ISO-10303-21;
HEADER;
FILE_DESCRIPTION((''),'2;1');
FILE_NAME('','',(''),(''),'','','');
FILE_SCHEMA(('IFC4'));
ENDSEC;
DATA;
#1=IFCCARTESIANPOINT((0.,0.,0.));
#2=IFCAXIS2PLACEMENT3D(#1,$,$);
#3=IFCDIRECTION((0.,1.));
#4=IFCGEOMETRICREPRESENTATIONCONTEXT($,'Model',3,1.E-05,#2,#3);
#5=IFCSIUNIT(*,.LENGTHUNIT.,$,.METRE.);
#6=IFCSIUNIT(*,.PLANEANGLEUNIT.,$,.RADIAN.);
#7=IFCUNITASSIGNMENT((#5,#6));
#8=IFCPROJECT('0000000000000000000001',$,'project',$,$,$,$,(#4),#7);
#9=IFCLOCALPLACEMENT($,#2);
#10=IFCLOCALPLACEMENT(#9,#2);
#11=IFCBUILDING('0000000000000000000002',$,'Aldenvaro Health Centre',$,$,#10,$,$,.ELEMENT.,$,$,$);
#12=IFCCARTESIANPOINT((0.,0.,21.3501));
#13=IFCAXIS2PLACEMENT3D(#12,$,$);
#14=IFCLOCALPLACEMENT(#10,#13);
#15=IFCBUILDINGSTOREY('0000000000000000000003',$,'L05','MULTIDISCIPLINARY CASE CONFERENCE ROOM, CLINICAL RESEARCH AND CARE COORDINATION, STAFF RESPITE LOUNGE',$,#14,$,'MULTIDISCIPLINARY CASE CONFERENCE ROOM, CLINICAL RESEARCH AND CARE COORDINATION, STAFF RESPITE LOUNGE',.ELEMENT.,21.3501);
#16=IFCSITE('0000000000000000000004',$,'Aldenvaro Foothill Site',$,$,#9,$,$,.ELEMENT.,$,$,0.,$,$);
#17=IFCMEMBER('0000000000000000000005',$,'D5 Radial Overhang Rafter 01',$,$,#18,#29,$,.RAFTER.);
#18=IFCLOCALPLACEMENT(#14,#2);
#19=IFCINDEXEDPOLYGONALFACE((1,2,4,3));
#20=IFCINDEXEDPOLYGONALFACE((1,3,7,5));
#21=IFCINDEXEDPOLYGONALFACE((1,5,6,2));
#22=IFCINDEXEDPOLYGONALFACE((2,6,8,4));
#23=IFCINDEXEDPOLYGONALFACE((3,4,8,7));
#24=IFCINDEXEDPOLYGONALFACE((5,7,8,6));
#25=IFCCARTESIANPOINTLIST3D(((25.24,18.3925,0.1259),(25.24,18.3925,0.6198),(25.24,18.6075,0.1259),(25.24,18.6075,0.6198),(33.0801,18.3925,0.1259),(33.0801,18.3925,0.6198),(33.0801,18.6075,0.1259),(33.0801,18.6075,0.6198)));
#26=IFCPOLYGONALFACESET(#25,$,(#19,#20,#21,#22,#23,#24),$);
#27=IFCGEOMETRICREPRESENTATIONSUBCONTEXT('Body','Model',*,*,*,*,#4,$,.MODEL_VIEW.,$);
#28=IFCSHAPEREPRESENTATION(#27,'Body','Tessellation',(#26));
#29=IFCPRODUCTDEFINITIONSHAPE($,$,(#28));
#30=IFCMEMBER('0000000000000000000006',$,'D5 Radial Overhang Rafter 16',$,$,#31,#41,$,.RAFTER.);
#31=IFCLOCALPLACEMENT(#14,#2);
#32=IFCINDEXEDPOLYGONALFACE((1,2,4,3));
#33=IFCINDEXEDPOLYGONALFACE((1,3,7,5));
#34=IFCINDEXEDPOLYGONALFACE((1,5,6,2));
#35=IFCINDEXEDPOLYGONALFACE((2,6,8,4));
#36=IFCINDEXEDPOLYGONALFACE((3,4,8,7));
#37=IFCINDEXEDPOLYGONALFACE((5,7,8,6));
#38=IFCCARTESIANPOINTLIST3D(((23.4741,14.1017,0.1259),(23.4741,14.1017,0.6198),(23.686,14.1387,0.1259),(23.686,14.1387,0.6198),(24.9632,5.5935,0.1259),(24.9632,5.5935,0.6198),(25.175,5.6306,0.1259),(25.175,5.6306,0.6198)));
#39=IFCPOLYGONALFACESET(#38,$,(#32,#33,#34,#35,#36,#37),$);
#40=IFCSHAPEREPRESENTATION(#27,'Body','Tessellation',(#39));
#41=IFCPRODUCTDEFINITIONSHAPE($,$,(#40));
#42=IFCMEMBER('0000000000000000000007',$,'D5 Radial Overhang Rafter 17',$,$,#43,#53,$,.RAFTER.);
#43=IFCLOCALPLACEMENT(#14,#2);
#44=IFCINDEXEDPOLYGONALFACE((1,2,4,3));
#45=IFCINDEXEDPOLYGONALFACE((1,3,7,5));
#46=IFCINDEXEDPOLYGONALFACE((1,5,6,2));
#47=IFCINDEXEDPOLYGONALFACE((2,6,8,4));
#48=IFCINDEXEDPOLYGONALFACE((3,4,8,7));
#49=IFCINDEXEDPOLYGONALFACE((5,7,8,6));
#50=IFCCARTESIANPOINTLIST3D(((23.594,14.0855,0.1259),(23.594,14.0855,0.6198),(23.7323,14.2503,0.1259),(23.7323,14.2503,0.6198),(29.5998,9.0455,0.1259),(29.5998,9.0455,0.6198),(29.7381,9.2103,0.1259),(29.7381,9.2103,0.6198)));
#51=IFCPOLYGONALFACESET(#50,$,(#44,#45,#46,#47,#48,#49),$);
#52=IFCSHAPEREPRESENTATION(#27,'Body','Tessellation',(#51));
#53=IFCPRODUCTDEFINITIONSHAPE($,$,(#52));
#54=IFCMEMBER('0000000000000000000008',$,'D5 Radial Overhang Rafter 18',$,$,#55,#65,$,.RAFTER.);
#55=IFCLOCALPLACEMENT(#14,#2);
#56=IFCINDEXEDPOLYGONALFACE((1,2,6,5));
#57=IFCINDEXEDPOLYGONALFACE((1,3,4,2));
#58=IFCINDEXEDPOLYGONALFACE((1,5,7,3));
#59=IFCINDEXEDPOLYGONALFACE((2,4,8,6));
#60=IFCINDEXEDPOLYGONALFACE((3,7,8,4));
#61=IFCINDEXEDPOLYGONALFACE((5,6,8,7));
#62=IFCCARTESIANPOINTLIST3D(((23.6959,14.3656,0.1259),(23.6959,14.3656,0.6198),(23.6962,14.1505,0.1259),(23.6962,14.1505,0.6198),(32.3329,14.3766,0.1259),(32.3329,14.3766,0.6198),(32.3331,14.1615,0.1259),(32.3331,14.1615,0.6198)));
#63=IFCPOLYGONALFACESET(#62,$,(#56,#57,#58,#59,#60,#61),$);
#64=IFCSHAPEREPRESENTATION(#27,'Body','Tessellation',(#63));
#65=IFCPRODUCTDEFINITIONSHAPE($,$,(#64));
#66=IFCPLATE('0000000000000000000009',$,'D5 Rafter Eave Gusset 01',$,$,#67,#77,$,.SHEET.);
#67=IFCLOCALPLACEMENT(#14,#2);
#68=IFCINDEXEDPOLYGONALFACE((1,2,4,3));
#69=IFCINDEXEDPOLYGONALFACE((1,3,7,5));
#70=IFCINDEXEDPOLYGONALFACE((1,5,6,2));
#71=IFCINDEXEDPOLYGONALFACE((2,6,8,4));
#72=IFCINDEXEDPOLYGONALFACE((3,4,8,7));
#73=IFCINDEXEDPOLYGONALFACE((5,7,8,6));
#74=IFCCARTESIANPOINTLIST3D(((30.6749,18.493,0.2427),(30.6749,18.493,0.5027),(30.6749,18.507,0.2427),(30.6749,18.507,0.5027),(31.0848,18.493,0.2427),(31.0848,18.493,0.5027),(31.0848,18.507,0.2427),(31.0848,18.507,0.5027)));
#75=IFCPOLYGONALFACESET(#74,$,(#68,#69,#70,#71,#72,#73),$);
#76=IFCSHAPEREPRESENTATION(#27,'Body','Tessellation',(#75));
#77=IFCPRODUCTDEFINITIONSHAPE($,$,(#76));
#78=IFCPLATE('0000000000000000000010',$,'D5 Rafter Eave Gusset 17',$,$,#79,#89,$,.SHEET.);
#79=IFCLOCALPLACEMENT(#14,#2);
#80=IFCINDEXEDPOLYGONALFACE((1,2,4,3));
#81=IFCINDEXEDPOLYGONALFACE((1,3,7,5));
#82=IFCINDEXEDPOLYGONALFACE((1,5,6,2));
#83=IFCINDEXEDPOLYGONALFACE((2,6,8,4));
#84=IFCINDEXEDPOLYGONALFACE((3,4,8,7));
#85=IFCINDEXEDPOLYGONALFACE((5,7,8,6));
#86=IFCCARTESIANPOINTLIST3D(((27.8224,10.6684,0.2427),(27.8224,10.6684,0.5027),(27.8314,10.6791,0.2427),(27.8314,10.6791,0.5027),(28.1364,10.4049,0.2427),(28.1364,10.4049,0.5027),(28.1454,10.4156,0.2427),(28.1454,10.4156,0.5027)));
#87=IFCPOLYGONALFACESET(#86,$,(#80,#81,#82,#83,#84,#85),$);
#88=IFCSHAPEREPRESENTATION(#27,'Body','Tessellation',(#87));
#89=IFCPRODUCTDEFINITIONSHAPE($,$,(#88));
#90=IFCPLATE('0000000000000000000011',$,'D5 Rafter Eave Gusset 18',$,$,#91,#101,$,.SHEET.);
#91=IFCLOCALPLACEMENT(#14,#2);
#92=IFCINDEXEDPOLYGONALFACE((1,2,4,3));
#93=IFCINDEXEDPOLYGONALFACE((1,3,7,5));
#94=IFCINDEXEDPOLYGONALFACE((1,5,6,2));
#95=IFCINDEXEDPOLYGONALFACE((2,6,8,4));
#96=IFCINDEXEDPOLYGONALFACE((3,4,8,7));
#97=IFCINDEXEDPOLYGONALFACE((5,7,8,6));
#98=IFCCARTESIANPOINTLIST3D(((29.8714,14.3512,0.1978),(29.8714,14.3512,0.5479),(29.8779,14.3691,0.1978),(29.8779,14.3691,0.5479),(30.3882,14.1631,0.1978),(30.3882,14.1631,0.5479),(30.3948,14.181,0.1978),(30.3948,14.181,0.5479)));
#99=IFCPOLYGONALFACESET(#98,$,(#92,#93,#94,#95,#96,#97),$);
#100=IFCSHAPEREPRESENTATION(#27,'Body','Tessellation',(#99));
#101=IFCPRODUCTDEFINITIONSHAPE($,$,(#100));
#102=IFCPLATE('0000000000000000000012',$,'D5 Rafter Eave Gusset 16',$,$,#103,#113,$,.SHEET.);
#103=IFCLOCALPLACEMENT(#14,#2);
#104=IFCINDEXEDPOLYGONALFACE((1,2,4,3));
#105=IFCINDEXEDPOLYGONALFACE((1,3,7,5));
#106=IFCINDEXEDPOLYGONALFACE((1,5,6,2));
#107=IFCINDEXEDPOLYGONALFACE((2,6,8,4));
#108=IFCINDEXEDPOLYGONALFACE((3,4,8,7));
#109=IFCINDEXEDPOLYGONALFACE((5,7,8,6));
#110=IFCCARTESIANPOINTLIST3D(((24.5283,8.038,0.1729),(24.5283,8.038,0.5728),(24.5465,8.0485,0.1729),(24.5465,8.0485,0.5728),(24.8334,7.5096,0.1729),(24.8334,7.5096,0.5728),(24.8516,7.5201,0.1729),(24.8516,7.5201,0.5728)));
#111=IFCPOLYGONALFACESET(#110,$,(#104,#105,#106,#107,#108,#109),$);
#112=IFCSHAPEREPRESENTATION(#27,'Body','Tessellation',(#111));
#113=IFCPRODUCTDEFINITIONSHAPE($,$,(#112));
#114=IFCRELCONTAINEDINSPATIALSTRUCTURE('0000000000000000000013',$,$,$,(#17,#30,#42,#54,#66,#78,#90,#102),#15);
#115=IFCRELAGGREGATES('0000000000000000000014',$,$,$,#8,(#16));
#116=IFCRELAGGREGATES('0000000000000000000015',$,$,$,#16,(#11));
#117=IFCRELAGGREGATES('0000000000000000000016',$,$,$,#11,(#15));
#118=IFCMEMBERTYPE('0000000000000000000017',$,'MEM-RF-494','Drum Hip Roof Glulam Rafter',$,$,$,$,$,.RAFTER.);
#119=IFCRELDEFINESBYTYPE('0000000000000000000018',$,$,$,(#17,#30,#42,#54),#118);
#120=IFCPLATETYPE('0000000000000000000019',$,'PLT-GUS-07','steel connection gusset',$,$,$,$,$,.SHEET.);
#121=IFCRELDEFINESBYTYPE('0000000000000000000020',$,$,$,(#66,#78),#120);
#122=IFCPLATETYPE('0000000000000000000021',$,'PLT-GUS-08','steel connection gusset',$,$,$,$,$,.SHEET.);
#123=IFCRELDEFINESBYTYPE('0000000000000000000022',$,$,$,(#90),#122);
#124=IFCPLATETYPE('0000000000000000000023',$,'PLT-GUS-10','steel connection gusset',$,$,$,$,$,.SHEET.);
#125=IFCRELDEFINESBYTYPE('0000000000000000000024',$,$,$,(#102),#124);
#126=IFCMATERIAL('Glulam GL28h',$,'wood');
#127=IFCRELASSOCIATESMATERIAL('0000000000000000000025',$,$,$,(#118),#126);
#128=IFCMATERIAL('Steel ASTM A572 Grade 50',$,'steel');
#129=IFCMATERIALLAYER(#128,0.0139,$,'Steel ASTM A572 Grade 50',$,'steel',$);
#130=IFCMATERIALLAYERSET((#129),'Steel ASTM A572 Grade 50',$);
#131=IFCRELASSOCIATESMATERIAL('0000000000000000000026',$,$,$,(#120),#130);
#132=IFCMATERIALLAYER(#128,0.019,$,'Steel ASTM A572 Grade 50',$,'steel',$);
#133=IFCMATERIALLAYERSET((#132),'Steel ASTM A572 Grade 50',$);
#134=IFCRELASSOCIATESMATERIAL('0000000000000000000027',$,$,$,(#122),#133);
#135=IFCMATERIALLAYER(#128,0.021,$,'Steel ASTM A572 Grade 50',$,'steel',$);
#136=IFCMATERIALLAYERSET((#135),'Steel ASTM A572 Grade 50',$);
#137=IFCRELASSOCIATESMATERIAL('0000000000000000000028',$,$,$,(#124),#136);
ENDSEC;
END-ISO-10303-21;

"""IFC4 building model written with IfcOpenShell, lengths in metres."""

from ifc_helpers import new_model, si_unit, direction, frame, origin, origin_2d, place, context, subcontext, project, spatial, rectangle, extrude, material, layer, layer_set, material_profile, profile_set, type_object, element, save


model = new_model("IFC4")

# Units and contexts
model_context = context("Model", 3, precision=1e-05, world=origin(), true_north=direction((0.0, 1.0)))
body_context = subcontext(model_context, "Body", "Model", "MODEL_VIEW")
ifc_project = project(units=[si_unit("LENGTHUNIT", "METRE"), si_unit("PLANEANGLEUNIT", "RADIAN")], contexts=[model_context])

# Site, building, storey
site_placement = place(None, origin())
site = spatial("IfcSite", under=ifc_project, at=site_placement, Name="Aldenvaro Foothill Site", CompositionType="ELEMENT", RefElevation=0.0)
building_placement = place(site_placement, origin())
building = spatial("IfcBuilding", under=site, at=building_placement, Name="Aldenvaro Health Centre", CompositionType="ELEMENT")
storey_placement = place(building_placement, frame((0.0, 0.0, 21.3501)))
storey = spatial("IfcBuildingStorey", under=building, at=storey_placement, Name="L05", Description="MULTIDISCIPLINARY CASE CONFERENCE ROOM, CLINICAL RESEARCH AND CARE COORDINATION, STAFF RESPITE LOUNGE", LongName="MULTIDISCIPLINARY CASE CONFERENCE ROOM, CLINICAL RESEARCH AND CARE COORDINATION, STAFF RESPITE LOUNGE", CompositionType="ELEMENT", Elevation=21.3501)

# Shared definitions
ifc_material_1 = material(Name="Glulam GL28h", Category="wood")

# Members
ifc_material_profile_1 = material_profile(ifc_material_1, rectangle(XDim=0.2151, YDim=0.4939, at=origin_2d()), Name="GL 215x494", Category="wood")
ifc_profile_set_1 = profile_set([ifc_material_profile_1], Name="Glulam GL28h")
member_type_1 = type_object("IfcMemberType", Name="MEM-RF-494", Description="Drum Hip Roof Glulam Rafter", PredefinedType="RAFTER", material=ifc_profile_set_1)
member_1_placement = place(storey_placement, frame((33.0801, 18.5, 0.3728), z_axis=(-1.0, 0.0, 0.0), x_axis=(0.0, -1.0, 0.0)))
element("IfcMember", 1, at=member_1_placement, inside=storey, type_object=member_type_1, Name="D5 Radial Overhang Rafter 01", PredefinedType="RAFTER", context=body_context, shape_type="SweptSolid", body=[
    extrude(rectangle(XDim=0.2151, YDim=0.4939, at=origin_2d()), origin(), (0.0, 0.0, 1.0), 7.8401),
])
member_2_placement = place(storey_placement, frame((25.0691, 5.6121, 0.3728), z_axis=(-0.172392, 0.985028, 0.0), x_axis=(-0.985028, -0.172392, 0.0)))
element("IfcMember", 2, at=member_2_placement, inside=storey, type_object=member_type_1, Name="D5 Radial Overhang Rafter 16", PredefinedType="RAFTER", context=body_context, shape_type="SweptSolid", body=[
    extrude(rectangle(XDim=0.2151, YDim=0.4939, at=origin_2d()), origin(), (0.0, 0.0, 1.0), 8.6375),
])
member_3_placement = place(storey_placement, frame((29.6689, 9.1279, 0.3728), z_axis=(-0.766011, 0.642827, 0.0), x_axis=(-0.642827, -0.766011, 0.0)))
element("IfcMember", 3, at=member_3_placement, inside=storey, type_object=member_type_1, Name="D5 Radial Overhang Rafter 17", PredefinedType="RAFTER", context=body_context, shape_type="SweptSolid", body=[
    extrude(rectangle(XDim=0.2151, YDim=0.4939, at=origin_2d()), origin(), (0.0, 0.0, 1.0), 7.8403),
])
member_4_placement = place(storey_placement, frame((32.333, 14.269, 0.3728), z_axis=(-0.999999, -0.001272, 0.0), x_axis=(0.001272, -0.999999, 0.0)))
element("IfcMember", 4, at=member_4_placement, inside=storey, type_object=member_type_1, Name="D5 Radial Overhang Rafter 18", PredefinedType="RAFTER", context=body_context, shape_type="SweptSolid", body=[
    extrude(rectangle(XDim=0.2151, YDim=0.4939, at=origin_2d()), origin(), (0.0, 0.0, 1.0), 8.637),
])

# Plates
ifc_material_2 = material(Name="Steel ASTM A572 Grade 50", Category="steel")
ifc_layer_1 = layer(ifc_material_2, 0.0139, Name="Steel ASTM A572 Grade 50", Category="steel")
ifc_layer_set_1 = layer_set([ifc_layer_1], Name="Steel ASTM A572 Grade 50")
plate_type_1 = type_object("IfcPlateType", Name="PLT-GUS-07", Description="steel connection gusset", PredefinedType="SHEET", material=ifc_layer_set_1)
for number, where, z_axis, x_axis, name in (
    (5, (30.8799, 18.5, 0.2427), (0.0, 0.0, 1.0), (1.0, 0.0, 0.0), "D5 Rafter Eave Gusset 01"),
    (6, (27.9839, 10.542, 0.2427), (0.0, 0.0, 1.0), (0.766045, -0.642787, 0.0), "D5 Rafter Eave Gusset 17"),
):
    element("IfcPlate", number, at=place(storey_placement, frame(where, z_axis=z_axis, x_axis=x_axis)), inside=storey, type_object=plate_type_1, Name=name, PredefinedType="SHEET", context=body_context, shape_type="SweptSolid", body=[
        extrude(rectangle(XDim=0.4099, YDim=0.0139, at=origin_2d()), origin(), (0.0, 0.0, 1.0), 0.26),
    ])
ifc_layer_2 = layer(ifc_material_2, 0.019, Name="Steel ASTM A572 Grade 50", Category="steel")
ifc_layer_set_2 = layer_set([ifc_layer_2], Name="Steel ASTM A572 Grade 50")
plate_type_2 = type_object("IfcPlateType", Name="PLT-GUS-08", Description="steel connection gusset", PredefinedType="SHEET", material=ifc_layer_set_2)
plate_1_placement = place(storey_placement, frame((30.1331, 14.2661, 0.1978), z_axis=(0.0, 0.0, 1.0), x_axis=(0.939694, -0.342015, 0.0)))
element("IfcPlate", 7, at=plate_1_placement, inside=storey, type_object=plate_type_2, Name="D5 Rafter Eave Gusset 18", PredefinedType="SHEET", context=body_context, shape_type="SweptSolid", body=[
    extrude(rectangle(XDim=0.55, YDim=0.019, at=origin_2d()), origin(), (0.0, 0.0, 1.0), 0.3501),
])
ifc_layer_3 = layer(ifc_material_2, 0.021, Name="Steel ASTM A572 Grade 50", Category="steel")
ifc_layer_set_3 = layer_set([ifc_layer_3], Name="Steel ASTM A572 Grade 50")
plate_type_3 = type_object("IfcPlateType", Name="PLT-GUS-10", Description="steel connection gusset", PredefinedType="SHEET", material=ifc_layer_set_3)
plate_2_placement = place(storey_placement, frame((24.6899, 7.7791, 0.1729), z_axis=(0.0, 0.0, 1.0), x_axis=(0.500014, -0.866017, 0.0)))
element("IfcPlate", 8, at=plate_2_placement, inside=storey, type_object=plate_type_3, Name="D5 Rafter Eave Gusset 16", PredefinedType="SHEET", context=body_context, shape_type="SweptSolid", body=[
    extrude(rectangle(XDim=0.6101, YDim=0.021, at=origin_2d()), origin(), (0.0, 0.0, 1.0), 0.3999),
])

save(model, "model.ifc")
